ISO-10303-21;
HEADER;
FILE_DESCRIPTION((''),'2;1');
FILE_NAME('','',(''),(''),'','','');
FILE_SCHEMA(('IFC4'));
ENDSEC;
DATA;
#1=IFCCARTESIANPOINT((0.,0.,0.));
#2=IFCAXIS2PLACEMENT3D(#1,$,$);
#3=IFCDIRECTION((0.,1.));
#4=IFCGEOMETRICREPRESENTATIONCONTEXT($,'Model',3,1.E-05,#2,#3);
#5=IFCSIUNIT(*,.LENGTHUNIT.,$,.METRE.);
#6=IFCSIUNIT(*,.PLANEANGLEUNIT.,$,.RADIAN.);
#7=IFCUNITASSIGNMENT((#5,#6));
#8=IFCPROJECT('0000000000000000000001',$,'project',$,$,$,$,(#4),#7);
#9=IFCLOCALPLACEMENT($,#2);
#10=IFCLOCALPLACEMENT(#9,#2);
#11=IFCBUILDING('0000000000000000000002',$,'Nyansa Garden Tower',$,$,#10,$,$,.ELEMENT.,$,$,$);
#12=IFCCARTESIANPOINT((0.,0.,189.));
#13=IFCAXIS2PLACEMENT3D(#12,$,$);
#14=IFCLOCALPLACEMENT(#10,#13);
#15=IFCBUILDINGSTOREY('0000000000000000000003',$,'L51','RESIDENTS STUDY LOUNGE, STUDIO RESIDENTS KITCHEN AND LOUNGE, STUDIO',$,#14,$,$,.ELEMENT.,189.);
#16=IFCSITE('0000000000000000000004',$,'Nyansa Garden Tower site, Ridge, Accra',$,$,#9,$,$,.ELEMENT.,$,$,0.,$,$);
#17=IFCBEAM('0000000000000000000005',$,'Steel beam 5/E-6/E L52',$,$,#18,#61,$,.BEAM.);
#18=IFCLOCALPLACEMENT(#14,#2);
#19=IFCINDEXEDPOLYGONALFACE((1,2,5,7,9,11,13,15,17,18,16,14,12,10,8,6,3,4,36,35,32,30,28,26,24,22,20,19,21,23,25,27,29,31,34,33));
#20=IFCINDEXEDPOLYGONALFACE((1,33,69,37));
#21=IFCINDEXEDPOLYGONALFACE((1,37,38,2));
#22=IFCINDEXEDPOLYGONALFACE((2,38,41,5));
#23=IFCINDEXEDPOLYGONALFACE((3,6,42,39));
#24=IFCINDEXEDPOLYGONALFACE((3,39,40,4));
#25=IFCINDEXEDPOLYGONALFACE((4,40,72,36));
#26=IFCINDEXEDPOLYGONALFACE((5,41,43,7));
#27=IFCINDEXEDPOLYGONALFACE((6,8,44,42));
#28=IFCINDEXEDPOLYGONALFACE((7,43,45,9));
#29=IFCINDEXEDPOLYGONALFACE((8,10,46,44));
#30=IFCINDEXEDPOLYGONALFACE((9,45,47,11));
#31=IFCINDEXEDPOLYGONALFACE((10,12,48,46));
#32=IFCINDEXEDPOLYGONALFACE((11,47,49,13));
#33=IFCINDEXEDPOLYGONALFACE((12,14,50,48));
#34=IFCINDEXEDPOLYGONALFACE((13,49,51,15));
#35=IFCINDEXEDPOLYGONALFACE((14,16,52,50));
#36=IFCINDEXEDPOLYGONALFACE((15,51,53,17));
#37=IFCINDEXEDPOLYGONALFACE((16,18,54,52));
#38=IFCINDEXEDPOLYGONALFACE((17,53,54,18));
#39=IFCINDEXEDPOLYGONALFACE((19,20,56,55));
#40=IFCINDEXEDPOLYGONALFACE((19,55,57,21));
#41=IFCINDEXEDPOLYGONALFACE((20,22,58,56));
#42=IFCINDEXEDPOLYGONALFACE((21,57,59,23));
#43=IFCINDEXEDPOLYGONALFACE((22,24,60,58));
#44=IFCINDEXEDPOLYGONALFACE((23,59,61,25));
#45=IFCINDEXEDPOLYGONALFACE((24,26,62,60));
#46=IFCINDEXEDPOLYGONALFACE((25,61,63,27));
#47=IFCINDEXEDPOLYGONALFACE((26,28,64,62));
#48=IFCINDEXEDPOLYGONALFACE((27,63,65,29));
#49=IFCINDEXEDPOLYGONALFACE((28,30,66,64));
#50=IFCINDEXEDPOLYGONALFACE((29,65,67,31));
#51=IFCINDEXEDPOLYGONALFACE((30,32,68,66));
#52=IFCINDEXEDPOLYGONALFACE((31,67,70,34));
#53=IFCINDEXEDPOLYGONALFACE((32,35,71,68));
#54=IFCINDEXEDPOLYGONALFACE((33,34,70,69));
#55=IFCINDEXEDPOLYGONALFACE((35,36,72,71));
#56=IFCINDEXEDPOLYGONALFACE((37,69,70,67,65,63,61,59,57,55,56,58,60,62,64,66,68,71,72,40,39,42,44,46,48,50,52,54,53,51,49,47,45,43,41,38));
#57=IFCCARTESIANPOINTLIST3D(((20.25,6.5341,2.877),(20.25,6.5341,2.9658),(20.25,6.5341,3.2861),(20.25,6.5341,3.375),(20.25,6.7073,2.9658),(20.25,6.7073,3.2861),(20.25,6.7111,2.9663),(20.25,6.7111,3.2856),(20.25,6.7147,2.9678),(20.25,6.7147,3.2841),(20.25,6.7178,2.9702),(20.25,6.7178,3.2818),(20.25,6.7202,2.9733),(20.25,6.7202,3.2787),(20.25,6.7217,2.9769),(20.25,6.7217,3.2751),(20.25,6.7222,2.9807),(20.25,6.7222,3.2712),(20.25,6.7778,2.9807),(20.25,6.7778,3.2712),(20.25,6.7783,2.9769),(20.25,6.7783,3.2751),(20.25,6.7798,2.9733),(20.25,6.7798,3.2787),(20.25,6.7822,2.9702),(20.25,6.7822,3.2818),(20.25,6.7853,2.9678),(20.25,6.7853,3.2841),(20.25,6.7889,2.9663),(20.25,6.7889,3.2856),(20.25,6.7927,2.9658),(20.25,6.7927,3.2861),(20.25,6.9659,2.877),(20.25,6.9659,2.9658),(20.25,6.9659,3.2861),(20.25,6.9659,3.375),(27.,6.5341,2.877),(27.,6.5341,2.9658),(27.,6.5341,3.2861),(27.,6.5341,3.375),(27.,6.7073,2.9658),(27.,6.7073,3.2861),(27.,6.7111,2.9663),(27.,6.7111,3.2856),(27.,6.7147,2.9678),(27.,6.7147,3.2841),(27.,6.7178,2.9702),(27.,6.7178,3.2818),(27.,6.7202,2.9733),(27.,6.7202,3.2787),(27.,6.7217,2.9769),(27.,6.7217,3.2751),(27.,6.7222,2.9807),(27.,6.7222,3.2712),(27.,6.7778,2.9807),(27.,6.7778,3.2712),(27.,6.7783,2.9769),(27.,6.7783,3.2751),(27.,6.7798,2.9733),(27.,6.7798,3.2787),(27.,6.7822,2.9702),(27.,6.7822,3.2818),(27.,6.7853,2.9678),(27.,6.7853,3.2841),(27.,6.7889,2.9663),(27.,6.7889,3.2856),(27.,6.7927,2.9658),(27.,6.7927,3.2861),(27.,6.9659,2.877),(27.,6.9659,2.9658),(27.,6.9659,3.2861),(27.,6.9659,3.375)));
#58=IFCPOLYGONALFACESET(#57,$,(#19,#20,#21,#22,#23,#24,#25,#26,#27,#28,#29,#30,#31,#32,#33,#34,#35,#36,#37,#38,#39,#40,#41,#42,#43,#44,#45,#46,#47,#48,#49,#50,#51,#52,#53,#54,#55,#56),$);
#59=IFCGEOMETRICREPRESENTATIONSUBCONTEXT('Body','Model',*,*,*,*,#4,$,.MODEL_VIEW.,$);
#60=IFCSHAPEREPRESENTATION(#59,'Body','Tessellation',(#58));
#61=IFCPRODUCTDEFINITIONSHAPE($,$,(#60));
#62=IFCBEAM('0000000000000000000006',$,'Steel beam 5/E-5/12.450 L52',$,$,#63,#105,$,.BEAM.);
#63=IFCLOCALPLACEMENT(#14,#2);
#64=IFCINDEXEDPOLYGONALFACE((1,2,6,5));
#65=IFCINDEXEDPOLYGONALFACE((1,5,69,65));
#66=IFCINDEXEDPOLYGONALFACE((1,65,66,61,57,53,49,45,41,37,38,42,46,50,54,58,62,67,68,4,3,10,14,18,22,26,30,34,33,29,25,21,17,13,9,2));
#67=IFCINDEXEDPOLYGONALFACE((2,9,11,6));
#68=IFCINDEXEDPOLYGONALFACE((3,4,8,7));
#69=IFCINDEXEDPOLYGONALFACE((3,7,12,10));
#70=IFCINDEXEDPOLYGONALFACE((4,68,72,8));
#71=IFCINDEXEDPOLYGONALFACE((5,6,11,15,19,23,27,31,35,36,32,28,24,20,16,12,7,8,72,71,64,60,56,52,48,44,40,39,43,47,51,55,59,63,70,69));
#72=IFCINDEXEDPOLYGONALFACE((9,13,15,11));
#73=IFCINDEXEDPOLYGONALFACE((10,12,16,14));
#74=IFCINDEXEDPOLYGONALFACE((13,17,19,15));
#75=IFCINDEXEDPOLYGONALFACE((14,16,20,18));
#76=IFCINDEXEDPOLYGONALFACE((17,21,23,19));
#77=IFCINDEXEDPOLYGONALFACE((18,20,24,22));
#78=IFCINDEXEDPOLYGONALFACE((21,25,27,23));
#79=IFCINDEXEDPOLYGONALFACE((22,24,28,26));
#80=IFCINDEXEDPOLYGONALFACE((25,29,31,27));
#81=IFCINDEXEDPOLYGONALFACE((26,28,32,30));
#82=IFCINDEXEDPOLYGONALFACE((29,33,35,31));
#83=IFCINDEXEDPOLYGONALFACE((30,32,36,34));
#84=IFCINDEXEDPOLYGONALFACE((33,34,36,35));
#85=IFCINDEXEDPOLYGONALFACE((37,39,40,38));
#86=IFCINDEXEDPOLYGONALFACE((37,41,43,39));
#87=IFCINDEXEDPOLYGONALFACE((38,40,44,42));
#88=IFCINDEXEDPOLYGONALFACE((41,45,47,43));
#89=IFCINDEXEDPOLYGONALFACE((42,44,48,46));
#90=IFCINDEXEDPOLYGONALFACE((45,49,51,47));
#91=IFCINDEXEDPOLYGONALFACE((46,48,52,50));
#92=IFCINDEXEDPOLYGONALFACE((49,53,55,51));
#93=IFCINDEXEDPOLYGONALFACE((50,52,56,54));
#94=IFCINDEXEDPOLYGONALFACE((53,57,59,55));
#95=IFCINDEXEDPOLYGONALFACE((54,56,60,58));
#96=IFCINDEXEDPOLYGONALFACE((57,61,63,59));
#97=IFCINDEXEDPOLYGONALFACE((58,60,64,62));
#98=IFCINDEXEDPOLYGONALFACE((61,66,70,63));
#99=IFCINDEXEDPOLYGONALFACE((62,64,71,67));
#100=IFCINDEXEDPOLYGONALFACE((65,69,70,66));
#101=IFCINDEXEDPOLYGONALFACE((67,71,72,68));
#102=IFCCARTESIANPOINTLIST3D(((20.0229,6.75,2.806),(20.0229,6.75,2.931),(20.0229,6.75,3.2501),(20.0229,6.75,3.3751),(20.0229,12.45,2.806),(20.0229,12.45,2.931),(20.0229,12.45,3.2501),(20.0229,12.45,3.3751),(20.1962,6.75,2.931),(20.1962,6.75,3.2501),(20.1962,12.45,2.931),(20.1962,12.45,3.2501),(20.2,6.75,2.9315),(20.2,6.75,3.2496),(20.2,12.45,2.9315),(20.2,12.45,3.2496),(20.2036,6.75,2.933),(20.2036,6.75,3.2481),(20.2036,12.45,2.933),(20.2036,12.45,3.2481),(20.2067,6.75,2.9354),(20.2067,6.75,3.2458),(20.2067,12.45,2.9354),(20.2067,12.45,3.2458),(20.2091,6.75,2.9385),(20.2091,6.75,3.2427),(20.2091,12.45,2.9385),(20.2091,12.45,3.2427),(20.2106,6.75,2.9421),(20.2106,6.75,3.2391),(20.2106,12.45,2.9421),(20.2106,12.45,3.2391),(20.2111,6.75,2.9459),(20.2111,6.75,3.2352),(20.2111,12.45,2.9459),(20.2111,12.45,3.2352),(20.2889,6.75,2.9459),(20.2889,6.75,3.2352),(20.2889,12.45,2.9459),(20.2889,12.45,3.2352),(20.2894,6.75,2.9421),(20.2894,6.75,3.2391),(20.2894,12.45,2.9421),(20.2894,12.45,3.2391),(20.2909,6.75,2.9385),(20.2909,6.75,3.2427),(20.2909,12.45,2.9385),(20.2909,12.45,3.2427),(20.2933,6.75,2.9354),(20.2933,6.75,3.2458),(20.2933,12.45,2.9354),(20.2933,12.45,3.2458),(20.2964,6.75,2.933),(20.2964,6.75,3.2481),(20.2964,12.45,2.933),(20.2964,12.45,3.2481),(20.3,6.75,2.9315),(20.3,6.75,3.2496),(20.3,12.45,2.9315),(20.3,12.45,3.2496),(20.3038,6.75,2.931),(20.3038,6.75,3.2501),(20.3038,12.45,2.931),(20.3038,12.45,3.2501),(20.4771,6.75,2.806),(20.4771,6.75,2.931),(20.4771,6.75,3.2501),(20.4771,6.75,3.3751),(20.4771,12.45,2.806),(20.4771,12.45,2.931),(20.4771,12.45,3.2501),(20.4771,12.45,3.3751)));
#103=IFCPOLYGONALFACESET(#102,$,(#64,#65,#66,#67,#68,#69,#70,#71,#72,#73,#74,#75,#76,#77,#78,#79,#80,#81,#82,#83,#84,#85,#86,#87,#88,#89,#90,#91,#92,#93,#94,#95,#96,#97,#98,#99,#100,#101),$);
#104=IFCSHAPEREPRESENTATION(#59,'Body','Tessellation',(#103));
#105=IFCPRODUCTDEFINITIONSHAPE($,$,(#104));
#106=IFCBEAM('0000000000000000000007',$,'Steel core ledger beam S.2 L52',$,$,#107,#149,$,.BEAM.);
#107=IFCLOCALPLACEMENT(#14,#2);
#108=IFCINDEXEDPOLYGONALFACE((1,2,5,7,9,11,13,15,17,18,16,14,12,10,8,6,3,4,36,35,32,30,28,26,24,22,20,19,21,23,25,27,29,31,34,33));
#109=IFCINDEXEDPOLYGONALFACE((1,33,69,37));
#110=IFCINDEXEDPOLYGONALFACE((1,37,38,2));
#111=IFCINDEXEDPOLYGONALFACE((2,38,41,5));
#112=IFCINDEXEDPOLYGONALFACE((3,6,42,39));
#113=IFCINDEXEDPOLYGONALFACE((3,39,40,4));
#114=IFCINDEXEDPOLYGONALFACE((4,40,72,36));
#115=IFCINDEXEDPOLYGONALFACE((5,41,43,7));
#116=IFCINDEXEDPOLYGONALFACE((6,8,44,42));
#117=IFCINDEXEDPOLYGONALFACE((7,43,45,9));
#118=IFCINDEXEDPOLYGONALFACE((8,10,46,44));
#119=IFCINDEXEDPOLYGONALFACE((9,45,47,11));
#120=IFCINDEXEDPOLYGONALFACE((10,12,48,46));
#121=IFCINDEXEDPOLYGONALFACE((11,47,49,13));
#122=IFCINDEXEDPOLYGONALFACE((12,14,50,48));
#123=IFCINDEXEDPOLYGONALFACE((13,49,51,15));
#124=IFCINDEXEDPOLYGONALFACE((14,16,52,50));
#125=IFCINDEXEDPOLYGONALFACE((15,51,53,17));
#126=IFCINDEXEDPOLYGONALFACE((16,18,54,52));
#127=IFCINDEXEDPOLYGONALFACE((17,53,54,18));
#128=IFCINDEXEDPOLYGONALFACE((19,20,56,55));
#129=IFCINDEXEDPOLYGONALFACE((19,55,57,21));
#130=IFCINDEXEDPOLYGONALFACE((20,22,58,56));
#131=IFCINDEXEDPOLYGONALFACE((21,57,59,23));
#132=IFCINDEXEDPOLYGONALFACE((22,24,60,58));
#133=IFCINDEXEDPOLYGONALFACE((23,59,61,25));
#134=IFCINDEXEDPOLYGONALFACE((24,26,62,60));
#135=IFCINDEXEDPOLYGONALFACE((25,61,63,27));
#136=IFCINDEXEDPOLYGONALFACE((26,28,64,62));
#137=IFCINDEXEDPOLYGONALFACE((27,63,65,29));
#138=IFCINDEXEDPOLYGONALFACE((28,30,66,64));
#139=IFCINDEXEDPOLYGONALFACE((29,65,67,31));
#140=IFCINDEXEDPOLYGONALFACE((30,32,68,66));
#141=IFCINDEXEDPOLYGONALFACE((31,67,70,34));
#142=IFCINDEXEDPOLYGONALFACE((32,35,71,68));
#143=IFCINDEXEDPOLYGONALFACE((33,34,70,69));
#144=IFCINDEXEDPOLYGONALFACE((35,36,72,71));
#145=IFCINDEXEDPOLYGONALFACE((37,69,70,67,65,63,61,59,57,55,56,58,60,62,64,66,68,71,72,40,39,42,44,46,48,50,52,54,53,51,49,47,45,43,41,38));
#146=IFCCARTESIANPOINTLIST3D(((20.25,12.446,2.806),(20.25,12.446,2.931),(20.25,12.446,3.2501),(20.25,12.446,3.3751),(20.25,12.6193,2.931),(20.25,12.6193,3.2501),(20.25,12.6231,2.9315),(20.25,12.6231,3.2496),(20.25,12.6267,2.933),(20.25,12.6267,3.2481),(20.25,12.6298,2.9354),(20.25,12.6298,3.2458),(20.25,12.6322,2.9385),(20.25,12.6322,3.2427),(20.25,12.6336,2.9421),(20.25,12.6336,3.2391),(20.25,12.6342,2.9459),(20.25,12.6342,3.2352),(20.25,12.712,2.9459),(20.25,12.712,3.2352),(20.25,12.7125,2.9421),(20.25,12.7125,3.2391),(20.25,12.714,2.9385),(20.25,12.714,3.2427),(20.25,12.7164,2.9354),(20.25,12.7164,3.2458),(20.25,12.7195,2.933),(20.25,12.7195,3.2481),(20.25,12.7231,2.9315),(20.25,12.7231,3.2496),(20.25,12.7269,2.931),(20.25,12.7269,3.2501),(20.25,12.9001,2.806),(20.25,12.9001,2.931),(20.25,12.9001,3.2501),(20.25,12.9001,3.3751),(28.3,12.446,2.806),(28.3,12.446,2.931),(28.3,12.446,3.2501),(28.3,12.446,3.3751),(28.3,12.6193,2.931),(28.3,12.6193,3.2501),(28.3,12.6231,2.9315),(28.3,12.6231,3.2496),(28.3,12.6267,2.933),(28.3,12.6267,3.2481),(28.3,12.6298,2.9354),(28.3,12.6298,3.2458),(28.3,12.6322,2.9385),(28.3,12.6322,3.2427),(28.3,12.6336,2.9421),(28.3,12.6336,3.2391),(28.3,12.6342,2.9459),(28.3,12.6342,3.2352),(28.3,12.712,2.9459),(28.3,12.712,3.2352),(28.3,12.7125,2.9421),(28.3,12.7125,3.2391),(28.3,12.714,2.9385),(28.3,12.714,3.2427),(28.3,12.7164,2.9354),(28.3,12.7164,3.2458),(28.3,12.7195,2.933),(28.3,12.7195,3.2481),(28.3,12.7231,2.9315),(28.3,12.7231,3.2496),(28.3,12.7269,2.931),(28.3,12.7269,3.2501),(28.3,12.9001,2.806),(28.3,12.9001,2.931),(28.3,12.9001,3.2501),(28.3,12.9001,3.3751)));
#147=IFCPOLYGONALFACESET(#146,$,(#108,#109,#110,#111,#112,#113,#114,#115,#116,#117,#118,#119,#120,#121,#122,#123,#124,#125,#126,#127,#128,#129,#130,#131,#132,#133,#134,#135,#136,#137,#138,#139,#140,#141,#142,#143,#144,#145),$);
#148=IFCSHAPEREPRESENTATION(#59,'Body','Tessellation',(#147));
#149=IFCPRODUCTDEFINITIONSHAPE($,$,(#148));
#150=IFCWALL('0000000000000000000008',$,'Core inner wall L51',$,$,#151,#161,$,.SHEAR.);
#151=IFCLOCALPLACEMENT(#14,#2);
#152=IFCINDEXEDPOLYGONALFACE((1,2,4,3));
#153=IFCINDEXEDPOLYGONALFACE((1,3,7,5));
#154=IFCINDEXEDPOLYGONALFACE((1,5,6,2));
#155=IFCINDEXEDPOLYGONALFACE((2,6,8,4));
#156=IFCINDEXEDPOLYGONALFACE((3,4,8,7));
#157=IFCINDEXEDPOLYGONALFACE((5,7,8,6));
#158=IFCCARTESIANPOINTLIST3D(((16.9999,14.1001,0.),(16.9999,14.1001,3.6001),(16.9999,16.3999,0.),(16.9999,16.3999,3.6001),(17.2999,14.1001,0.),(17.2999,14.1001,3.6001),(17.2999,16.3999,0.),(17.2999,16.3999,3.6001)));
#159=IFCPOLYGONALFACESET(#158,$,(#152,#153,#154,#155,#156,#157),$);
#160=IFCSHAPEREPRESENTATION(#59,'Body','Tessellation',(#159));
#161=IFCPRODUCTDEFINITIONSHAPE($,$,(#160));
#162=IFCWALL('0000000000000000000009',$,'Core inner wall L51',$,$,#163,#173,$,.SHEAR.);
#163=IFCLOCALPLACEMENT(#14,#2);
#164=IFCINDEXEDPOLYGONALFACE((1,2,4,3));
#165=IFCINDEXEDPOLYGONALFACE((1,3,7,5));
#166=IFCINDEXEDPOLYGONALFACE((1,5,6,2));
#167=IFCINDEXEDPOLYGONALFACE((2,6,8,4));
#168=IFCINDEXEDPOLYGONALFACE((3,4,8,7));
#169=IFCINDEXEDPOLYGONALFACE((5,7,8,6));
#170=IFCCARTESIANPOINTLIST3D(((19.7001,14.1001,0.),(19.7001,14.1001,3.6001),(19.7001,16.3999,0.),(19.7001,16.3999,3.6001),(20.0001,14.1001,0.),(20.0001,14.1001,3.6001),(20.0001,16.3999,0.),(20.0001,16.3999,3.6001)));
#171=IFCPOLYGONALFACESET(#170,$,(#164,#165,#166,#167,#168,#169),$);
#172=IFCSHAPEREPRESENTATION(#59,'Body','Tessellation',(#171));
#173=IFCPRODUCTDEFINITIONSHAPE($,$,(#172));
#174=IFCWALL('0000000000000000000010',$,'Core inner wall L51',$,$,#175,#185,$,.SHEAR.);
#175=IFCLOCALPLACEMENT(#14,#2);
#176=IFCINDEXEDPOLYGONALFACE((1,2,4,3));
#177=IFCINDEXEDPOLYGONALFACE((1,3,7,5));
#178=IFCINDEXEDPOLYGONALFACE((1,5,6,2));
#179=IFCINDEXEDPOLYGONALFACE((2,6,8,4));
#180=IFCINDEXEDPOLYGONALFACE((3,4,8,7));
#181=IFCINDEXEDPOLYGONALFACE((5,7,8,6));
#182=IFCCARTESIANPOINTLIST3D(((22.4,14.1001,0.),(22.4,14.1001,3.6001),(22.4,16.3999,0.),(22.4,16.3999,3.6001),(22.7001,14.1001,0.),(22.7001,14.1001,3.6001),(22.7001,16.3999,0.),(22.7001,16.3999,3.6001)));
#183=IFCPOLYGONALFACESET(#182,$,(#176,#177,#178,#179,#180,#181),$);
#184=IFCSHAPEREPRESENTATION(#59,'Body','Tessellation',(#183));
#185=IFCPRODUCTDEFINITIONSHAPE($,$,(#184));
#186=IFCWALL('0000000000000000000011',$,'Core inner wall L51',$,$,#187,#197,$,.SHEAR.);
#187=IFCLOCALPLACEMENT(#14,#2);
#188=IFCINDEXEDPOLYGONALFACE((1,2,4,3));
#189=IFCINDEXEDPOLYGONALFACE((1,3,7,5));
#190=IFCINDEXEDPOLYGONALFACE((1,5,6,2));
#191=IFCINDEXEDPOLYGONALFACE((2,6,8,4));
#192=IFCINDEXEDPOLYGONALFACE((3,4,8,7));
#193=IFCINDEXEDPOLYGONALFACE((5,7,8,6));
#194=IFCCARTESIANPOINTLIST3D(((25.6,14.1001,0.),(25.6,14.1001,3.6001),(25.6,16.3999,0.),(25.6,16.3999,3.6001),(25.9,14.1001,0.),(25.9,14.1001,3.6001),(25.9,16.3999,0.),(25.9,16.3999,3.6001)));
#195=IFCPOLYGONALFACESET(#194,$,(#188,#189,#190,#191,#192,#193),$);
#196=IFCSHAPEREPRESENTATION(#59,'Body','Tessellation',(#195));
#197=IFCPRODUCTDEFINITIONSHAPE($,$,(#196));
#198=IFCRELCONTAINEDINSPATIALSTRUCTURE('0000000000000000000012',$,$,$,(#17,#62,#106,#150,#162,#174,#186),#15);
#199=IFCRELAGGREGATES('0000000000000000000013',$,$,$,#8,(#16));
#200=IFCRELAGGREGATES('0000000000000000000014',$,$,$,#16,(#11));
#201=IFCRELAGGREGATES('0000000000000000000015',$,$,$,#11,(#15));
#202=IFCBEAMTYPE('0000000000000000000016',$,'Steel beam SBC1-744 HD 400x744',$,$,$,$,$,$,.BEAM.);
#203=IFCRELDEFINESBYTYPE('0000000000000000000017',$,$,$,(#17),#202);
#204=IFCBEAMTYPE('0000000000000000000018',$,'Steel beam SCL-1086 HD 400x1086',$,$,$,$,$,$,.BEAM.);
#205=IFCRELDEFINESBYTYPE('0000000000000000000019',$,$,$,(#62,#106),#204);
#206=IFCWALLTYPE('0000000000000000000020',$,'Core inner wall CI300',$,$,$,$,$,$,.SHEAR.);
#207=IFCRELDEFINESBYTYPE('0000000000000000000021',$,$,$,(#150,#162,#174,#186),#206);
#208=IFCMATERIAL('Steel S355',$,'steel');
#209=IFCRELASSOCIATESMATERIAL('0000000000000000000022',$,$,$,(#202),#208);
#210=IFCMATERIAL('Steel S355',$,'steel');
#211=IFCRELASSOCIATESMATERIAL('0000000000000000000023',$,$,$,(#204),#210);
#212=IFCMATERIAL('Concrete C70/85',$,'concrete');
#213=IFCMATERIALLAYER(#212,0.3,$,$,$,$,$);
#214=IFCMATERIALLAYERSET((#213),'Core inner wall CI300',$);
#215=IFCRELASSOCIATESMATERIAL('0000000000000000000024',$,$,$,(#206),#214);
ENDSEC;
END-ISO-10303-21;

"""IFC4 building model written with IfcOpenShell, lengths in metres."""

from ifc_helpers import new_model, si_unit, direction, frame, frame_2d, origin, origin_2d, place, context, subcontext, project, spatial, rectangle, i_section, extrude, material, layer, layer_set, material_profile, profile_set, type_object, element, save


model = new_model("IFC4")

# Units and contexts
model_context = context("Model", 3, precision=1e-05, world=origin(), true_north=direction((0.0, 1.0)))
body_context = subcontext(model_context, "Body", "Model", "MODEL_VIEW")
ifc_project = project(units=[si_unit("LENGTHUNIT", "METRE"), si_unit("PLANEANGLEUNIT", "RADIAN")], contexts=[model_context])

# Site, building, storey
site_placement = place(None, origin())
site = spatial("IfcSite", under=ifc_project, at=site_placement, Name="Nyansa Garden Tower site, Ridge, Accra", CompositionType="ELEMENT", RefElevation=0.0)
building_placement = place(site_placement, origin())
building = spatial("IfcBuilding", under=site, at=building_placement, Name="Nyansa Garden Tower", CompositionType="ELEMENT")
storey_placement = place(building_placement, frame((0.0, 0.0, 189.0)))
storey = spatial("IfcBuildingStorey", under=building, at=storey_placement, Name="L51", Description="RESIDENTS STUDY LOUNGE, STUDIO RESIDENTS KITCHEN AND LOUNGE, STUDIO", CompositionType="ELEMENT", Elevation=189.0)

# Beams
ifc_material_1 = material(Name="Steel S355", Category="steel")
ifc_material_profile_1 = material_profile(ifc_material_1, i_section(OverallWidth=0.4319, OverallDepth=0.498, WebThickness=0.0557, FlangeThickness=0.0889, FilletRadius=0.0149, at=origin_2d()), Name="HD 400x744")
ifc_profile_set_1 = profile_set([ifc_material_profile_1], Name="Steel S355")
beam_type_1 = type_object("IfcBeamType", Name="Steel beam SBC1-744 HD 400x744", PredefinedType="BEAM", material=ifc_profile_set_1)
beam_1_placement = place(storey_placement, frame((20.25, 6.75, 3.126), z_axis=(1.0, 0.0, 0.0), x_axis=(0.0, 1.0, 0.0)))
element("IfcBeam", 1, at=beam_1_placement, inside=storey, type_object=beam_type_1, Name="Steel beam 5/E-6/E L52", PredefinedType="BEAM", context=body_context, shape_type="SweptSolid", body=[
    extrude(i_section(OverallWidth=0.4319, OverallDepth=0.498, WebThickness=0.0557, FlangeThickness=0.0889, FilletRadius=0.0149, at=origin_2d()), origin(), (0.0, 0.0, 1.0), 6.75),
])
ifc_material_2 = material(Name="Steel S355", Category="steel")
ifc_material_profile_2 = material_profile(ifc_material_2, i_section(OverallWidth=0.4541, OverallDepth=0.5691, WebThickness=0.0779, FlangeThickness=0.125, FilletRadius=0.0149, at=origin_2d()), Name="HD 400x1086")
ifc_profile_set_2 = profile_set([ifc_material_profile_2], Name="Steel S355")
beam_type_2 = type_object("IfcBeamType", Name="Steel beam SCL-1086 HD 400x1086", PredefinedType="BEAM", material=ifc_profile_set_2)
beam_2_placement = place(storey_placement, frame((20.25, 6.75, 3.0906), z_axis=(0.0, 1.0, 0.0), x_axis=(-1.0, 0.0, 0.0)))
element("IfcBeam", 2, at=beam_2_placement, inside=storey, type_object=beam_type_2, Name="Steel beam 5/E-5/12.450 L52", PredefinedType="BEAM", context=body_context, shape_type="SweptSolid", body=[
    extrude(i_section(OverallWidth=0.4541, OverallDepth=0.5691, WebThickness=0.0779, FlangeThickness=0.125, FilletRadius=0.0149, at=origin_2d()), origin(), (0.0, 0.0, 1.0), 5.7),
])
beam_3_placement = place(storey_placement, frame((20.25, 12.6731, 3.0906), z_axis=(1.0, 0.0, 0.0), x_axis=(0.0, 1.0, 0.0)))
element("IfcBeam", 3, at=beam_3_placement, inside=storey, type_object=beam_type_2, Name="Steel core ledger beam S.2 L52", PredefinedType="BEAM", context=body_context, shape_type="SweptSolid", body=[
    extrude(i_section(OverallWidth=0.4541, OverallDepth=0.5691, WebThickness=0.0779, FlangeThickness=0.125, FilletRadius=0.0149, at=origin_2d()), origin(), (0.0, 0.0, 1.0), 8.05),
])

# Walls
ifc_material_3 = material(Name="Concrete C70/85", Category="concrete")
ifc_layer_1 = layer(ifc_material_3, 0.3)
ifc_layer_set_1 = layer_set([ifc_layer_1], Name="Core inner wall CI300")
wall_type_1 = type_object("IfcWallType", Name="Core inner wall CI300", PredefinedType="SHEAR", material=ifc_layer_set_1)
for number, where, z_axis, x_axis, name in (
    (4, (17.1499, 14.1001, 0.0), (0.0, 0.0, 1.0), (0.0, 1.0, 0.0), "Core inner wall L51"),
    (5, (19.8501, 14.1001, 0.0), (0.0, 0.0, 1.0), (0.0, 1.0, 0.0), "Core inner wall L51"),
    (6, (22.55, 14.1001, 0.0), (0.0, 0.0, 1.0), (0.0, 1.0, 0.0), "Core inner wall L51"),
    (7, (25.75, 14.1001, 0.0), (0.0, 0.0, 1.0), (0.0, 1.0, 0.0), "Core inner wall L51"),
):
    element("IfcWall", number, at=place(storey_placement, frame(where, z_axis=z_axis, x_axis=x_axis)), inside=storey, type_object=wall_type_1, Name=name, PredefinedType="SHEAR", context=body_context, shape_type="SweptSolid", body=[
        extrude(rectangle(XDim=2.2998, YDim=0.3, at=frame_2d((1.1499, 0.0))), origin(), (0.0, 0.0, 1.0), 3.6001),
    ])

save(model, "model.ifc")
